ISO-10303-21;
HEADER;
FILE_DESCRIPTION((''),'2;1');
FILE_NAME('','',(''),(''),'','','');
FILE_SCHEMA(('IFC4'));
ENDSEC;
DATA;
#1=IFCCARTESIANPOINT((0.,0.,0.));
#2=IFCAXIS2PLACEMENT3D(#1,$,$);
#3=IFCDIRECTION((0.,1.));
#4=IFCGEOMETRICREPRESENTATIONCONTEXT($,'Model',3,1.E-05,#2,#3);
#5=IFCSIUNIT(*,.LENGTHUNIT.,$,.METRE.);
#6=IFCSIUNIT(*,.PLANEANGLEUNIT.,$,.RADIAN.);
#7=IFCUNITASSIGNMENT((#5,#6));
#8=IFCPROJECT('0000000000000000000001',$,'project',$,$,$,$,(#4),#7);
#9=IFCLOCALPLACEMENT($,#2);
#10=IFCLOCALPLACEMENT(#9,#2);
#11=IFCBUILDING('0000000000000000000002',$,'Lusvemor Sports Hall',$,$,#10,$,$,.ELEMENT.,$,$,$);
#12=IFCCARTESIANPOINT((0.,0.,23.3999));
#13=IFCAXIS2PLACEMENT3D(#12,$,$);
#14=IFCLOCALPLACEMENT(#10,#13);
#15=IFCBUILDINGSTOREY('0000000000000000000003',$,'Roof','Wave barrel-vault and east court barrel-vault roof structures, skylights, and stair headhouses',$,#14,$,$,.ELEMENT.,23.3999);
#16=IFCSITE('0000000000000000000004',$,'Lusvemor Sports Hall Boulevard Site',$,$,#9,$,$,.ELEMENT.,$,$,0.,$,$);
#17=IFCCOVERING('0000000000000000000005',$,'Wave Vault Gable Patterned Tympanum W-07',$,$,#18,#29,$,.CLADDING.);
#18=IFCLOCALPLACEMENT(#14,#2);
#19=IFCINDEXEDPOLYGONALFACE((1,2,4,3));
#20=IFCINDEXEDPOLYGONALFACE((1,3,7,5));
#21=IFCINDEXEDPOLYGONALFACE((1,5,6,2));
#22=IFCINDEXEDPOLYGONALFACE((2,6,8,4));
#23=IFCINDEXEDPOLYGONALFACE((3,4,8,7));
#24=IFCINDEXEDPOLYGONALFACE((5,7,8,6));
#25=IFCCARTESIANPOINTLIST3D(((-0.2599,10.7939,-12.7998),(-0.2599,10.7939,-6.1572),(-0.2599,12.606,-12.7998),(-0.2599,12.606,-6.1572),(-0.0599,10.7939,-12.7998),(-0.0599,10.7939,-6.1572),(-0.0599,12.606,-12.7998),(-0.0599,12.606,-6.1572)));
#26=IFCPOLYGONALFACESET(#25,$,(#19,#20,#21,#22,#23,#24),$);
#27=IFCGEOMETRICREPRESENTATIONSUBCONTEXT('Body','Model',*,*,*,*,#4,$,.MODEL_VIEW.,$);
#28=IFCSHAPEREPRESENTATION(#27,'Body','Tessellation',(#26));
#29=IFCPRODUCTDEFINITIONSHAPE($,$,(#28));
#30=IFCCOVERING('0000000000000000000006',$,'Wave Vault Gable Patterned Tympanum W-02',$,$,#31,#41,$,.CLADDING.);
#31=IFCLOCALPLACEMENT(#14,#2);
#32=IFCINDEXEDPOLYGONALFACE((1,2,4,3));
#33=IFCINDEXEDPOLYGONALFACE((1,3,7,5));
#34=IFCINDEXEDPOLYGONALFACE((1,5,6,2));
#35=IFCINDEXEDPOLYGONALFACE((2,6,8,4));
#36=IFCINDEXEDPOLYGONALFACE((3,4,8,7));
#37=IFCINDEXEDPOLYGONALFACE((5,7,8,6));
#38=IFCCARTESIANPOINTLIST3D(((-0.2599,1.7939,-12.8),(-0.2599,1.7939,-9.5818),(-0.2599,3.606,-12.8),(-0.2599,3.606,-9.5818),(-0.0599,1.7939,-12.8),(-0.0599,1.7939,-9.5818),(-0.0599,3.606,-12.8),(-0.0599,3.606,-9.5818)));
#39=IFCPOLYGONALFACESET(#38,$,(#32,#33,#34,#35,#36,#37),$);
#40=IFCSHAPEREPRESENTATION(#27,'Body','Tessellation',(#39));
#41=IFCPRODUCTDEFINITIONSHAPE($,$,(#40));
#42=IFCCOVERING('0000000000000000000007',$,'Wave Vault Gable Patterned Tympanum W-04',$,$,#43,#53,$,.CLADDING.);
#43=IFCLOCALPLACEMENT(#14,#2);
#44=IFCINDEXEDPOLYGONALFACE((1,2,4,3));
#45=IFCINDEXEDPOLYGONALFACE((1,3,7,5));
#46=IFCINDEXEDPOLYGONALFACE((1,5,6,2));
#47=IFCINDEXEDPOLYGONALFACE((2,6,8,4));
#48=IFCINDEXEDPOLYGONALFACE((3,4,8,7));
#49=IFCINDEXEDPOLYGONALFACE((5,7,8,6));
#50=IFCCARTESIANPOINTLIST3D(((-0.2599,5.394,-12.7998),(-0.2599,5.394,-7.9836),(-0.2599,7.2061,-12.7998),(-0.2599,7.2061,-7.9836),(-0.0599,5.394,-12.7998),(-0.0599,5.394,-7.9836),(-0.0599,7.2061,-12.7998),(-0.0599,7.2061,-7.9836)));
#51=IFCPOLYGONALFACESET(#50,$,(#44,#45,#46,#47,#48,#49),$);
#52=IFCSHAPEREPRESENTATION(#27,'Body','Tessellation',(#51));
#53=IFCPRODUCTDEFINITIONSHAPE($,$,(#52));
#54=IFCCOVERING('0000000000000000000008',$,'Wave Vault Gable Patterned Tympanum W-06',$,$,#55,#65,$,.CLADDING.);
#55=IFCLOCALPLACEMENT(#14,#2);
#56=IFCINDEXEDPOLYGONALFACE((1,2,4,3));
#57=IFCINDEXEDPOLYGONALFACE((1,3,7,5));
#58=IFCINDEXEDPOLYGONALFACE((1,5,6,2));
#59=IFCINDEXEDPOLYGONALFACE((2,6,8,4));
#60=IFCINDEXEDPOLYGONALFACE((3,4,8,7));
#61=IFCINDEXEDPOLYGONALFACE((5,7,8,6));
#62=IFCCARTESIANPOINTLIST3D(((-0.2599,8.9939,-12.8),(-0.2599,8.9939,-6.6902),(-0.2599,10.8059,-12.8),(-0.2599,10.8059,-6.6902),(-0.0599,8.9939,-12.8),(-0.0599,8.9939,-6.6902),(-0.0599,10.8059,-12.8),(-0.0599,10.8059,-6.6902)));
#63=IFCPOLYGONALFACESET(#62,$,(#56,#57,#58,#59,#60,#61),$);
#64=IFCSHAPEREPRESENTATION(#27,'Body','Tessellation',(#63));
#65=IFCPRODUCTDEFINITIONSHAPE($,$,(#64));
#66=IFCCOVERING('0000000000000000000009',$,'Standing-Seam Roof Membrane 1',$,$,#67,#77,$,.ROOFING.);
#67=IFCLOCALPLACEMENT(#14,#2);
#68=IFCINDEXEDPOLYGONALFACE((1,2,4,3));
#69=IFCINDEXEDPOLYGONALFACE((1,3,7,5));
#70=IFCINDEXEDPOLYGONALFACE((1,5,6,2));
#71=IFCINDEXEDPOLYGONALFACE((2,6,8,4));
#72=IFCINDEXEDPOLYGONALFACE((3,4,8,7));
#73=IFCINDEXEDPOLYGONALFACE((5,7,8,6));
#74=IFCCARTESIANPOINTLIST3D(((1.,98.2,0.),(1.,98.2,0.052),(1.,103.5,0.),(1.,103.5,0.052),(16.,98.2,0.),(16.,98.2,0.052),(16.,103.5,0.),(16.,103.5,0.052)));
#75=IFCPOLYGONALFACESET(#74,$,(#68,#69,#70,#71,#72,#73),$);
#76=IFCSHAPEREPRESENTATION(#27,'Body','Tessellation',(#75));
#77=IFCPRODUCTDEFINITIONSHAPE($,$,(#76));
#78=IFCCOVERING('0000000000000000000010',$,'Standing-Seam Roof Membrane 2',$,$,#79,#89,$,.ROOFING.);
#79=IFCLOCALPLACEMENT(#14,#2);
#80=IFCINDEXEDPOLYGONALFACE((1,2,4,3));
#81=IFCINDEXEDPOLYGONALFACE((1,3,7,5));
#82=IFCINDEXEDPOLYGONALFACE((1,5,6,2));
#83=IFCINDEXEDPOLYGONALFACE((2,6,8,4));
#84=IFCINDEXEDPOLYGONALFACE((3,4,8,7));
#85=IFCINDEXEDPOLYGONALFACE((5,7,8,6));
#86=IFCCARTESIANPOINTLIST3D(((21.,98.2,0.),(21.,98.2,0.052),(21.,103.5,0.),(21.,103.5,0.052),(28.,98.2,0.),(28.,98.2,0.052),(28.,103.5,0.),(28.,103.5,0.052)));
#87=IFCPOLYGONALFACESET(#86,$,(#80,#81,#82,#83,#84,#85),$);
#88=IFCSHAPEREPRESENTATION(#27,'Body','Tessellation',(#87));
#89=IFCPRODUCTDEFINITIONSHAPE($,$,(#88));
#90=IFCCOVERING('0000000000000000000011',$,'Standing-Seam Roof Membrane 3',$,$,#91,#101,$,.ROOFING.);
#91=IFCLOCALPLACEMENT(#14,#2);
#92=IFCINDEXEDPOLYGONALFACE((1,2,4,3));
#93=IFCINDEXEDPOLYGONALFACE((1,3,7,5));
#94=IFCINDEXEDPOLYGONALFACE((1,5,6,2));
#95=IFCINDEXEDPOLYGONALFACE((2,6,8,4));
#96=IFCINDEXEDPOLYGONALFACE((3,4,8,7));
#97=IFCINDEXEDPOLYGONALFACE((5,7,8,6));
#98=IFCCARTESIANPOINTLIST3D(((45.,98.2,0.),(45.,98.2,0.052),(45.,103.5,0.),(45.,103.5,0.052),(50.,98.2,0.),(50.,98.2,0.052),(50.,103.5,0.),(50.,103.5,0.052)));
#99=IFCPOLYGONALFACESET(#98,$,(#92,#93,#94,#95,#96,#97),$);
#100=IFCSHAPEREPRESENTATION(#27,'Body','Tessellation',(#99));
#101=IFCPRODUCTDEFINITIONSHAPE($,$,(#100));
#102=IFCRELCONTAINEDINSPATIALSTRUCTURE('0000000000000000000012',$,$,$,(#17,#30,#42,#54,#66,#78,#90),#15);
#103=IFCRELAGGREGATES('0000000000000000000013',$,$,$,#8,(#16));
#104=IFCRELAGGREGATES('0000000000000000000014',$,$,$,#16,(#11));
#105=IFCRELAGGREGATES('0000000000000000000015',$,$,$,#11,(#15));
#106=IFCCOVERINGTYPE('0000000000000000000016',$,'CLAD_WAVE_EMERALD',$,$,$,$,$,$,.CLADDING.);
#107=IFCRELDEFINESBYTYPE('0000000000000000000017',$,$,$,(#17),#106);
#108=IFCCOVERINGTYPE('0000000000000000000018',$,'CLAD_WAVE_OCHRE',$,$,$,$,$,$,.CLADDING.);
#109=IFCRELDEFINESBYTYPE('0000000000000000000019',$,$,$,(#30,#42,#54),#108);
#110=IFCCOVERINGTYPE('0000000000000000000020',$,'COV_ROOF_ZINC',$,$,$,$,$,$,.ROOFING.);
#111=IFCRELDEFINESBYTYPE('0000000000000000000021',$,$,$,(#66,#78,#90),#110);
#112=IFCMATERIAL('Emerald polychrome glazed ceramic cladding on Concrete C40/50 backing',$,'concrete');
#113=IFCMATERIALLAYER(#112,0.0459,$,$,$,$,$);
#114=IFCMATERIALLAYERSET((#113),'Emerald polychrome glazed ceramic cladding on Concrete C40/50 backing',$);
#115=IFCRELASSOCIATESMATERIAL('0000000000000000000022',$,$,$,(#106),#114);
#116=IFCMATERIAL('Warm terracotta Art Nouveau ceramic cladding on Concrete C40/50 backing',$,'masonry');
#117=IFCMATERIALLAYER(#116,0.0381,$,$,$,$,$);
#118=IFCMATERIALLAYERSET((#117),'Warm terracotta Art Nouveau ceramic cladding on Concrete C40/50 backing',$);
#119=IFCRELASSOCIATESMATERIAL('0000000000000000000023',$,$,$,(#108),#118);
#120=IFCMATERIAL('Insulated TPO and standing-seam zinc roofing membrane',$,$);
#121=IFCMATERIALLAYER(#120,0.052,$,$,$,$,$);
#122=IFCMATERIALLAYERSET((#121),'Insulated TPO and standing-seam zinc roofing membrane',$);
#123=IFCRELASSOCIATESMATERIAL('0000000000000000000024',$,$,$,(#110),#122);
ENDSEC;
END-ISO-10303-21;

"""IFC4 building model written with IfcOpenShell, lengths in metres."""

from ifc_helpers import new_model, si_unit, direction, frame, origin, origin_2d, place, context, subcontext, project, spatial, polyline, rectangle, outline, extrude, material, layer, layer_set, type_object, element, save


model = new_model("IFC4")

# Units and contexts
model_context = context("Model", 3, precision=1e-05, world=origin(), true_north=direction((0.0, 1.0)))
body_context = subcontext(model_context, "Body", "Model", "MODEL_VIEW")
ifc_project = project(units=[si_unit("LENGTHUNIT", "METRE"), si_unit("PLANEANGLEUNIT", "RADIAN")], contexts=[model_context])

# Site, building, storey
site_placement = place(None, origin())
site = spatial("IfcSite", under=ifc_project, at=site_placement, Name="Lusvemor Sports Hall Boulevard Site", CompositionType="ELEMENT", RefElevation=0.0)
building_placement = place(site_placement, origin())
building = spatial("IfcBuilding", under=site, at=building_placement, Name="Lusvemor Sports Hall", CompositionType="ELEMENT")
storey_placement = place(building_placement, frame((0.0, 0.0, 23.3999)))
storey = spatial("IfcBuildingStorey", under=building, at=storey_placement, Name="Roof", Description="Wave barrel-vault and east court barrel-vault roof structures, skylights, and stair headhouses", CompositionType="ELEMENT", Elevation=23.3999)

# Coverings
ifc_material_1 = material(Name="Emerald polychrome glazed ceramic cladding on Concrete C40/50 backing", Category="concrete")
ifc_layer_1 = layer(ifc_material_1, 0.0459)
ifc_layer_set_1 = layer_set([ifc_layer_1], Name="Emerald polychrome glazed ceramic cladding on Concrete C40/50 backing")
covering_type_1 = type_object("IfcCoveringType", Name="CLAD_WAVE_EMERALD", PredefinedType="CLADDING", material=ifc_layer_set_1)
covering_1_placement = place(storey_placement, frame((-0.1599, 11.7, -12.7998), z_axis=(0.0, 0.0, 1.0), x_axis=(1.0, 0.0, 0.0)))
element("IfcCovering", 1, at=covering_1_placement, inside=storey, type_object=covering_type_1, Name="Wave Vault Gable Patterned Tympanum W-07", PredefinedType="CLADDING", context=body_context, shape_type="SweptSolid", body=[
    extrude(rectangle(XDim=0.2, YDim=1.812, at=origin_2d()), origin(), (0.0, 0.0, 1.0), 6.6426),
])
ifc_material_2 = material(Name="Warm terracotta Art Nouveau ceramic cladding on Concrete C40/50 backing", Category="masonry")
ifc_layer_2 = layer(ifc_material_2, 0.0381)
ifc_layer_set_2 = layer_set([ifc_layer_2], Name="Warm terracotta Art Nouveau ceramic cladding on Concrete C40/50 backing")
covering_type_2 = type_object("IfcCoveringType", Name="CLAD_WAVE_OCHRE", PredefinedType="CLADDING", material=ifc_layer_set_2)
covering_2_placement = place(storey_placement, frame((-0.1599, 2.7, -12.8), z_axis=(0.0, 0.0, 1.0), x_axis=(1.0, 0.0, 0.0)))
element("IfcCovering", 2, at=covering_2_placement, inside=storey, type_object=covering_type_2, Name="Wave Vault Gable Patterned Tympanum W-02", PredefinedType="CLADDING", context=body_context, shape_type="SweptSolid", body=[
    extrude(rectangle(XDim=0.2, YDim=1.812, at=origin_2d()), origin(), (0.0, 0.0, 1.0), 3.2183),
])
covering_3_placement = place(storey_placement, frame((-0.1599, 6.3, -12.7998), z_axis=(0.0, 0.0, 1.0), x_axis=(1.0, 0.0, 0.0)))
element("IfcCovering", 3, at=covering_3_placement, inside=storey, type_object=covering_type_2, Name="Wave Vault Gable Patterned Tympanum W-04", PredefinedType="CLADDING", context=body_context, shape_type="SweptSolid", body=[
    extrude(rectangle(XDim=0.2, YDim=1.812, at=origin_2d()), origin(), (0.0, 0.0, 1.0), 4.8162),
])
covering_4_placement = place(storey_placement, frame((-0.1599, 9.8999, -12.8), z_axis=(0.0, 0.0, 1.0), x_axis=(1.0, 0.0, 0.0)))
element("IfcCovering", 4, at=covering_4_placement, inside=storey, type_object=covering_type_2, Name="Wave Vault Gable Patterned Tympanum W-06", PredefinedType="CLADDING", context=body_context, shape_type="SweptSolid", body=[
    extrude(rectangle(XDim=0.2, YDim=1.812, at=origin_2d()), origin(), (0.0, 0.0, 1.0), 6.1099),
])
ifc_material_3 = material(Name="Insulated TPO and standing-seam zinc roofing membrane")
ifc_layer_3 = layer(ifc_material_3, 0.052)
ifc_layer_set_3 = layer_set([ifc_layer_3], Name="Insulated TPO and standing-seam zinc roofing membrane")
covering_type_3 = type_object("IfcCoveringType", Name="COV_ROOF_ZINC", PredefinedType="ROOFING", material=ifc_layer_set_3)
covering_5_placement = place(storey_placement, origin())
element("IfcCovering", 5, at=covering_5_placement, inside=storey, type_object=covering_type_3, Name="Standing-Seam Roof Membrane 1", PredefinedType="ROOFING", context=body_context, shape_type="SweptSolid", body=[
    extrude(outline(polyline([(1.0, 98.2), (16.0, 98.2), (16.0, 103.5), (1.0, 103.5), (1.0, 98.2)])), origin(), (0.0, 0.0, 1.0), 0.052),
])
covering_6_placement = place(storey_placement, origin())
element("IfcCovering", 6, at=covering_6_placement, inside=storey, type_object=covering_type_3, Name="Standing-Seam Roof Membrane 2", PredefinedType="ROOFING", context=body_context, shape_type="SweptSolid", body=[
    extrude(outline(polyline([(21.0, 98.2), (28.0, 98.2), (28.0, 103.5), (21.0, 103.5), (21.0, 98.2)])), origin(), (0.0, 0.0, 1.0), 0.052),
])
covering_7_placement = place(storey_placement, origin())
element("IfcCovering", 7, at=covering_7_placement, inside=storey, type_object=covering_type_3, Name="Standing-Seam Roof Membrane 3", PredefinedType="ROOFING", context=body_context, shape_type="SweptSolid", body=[
    extrude(outline(polyline([(45.0, 98.2), (50.0, 98.2), (50.0, 103.5), (45.0, 103.5), (45.0, 98.2)])), origin(), (0.0, 0.0, 1.0), 0.052),
])

save(model, "model.ifc")
